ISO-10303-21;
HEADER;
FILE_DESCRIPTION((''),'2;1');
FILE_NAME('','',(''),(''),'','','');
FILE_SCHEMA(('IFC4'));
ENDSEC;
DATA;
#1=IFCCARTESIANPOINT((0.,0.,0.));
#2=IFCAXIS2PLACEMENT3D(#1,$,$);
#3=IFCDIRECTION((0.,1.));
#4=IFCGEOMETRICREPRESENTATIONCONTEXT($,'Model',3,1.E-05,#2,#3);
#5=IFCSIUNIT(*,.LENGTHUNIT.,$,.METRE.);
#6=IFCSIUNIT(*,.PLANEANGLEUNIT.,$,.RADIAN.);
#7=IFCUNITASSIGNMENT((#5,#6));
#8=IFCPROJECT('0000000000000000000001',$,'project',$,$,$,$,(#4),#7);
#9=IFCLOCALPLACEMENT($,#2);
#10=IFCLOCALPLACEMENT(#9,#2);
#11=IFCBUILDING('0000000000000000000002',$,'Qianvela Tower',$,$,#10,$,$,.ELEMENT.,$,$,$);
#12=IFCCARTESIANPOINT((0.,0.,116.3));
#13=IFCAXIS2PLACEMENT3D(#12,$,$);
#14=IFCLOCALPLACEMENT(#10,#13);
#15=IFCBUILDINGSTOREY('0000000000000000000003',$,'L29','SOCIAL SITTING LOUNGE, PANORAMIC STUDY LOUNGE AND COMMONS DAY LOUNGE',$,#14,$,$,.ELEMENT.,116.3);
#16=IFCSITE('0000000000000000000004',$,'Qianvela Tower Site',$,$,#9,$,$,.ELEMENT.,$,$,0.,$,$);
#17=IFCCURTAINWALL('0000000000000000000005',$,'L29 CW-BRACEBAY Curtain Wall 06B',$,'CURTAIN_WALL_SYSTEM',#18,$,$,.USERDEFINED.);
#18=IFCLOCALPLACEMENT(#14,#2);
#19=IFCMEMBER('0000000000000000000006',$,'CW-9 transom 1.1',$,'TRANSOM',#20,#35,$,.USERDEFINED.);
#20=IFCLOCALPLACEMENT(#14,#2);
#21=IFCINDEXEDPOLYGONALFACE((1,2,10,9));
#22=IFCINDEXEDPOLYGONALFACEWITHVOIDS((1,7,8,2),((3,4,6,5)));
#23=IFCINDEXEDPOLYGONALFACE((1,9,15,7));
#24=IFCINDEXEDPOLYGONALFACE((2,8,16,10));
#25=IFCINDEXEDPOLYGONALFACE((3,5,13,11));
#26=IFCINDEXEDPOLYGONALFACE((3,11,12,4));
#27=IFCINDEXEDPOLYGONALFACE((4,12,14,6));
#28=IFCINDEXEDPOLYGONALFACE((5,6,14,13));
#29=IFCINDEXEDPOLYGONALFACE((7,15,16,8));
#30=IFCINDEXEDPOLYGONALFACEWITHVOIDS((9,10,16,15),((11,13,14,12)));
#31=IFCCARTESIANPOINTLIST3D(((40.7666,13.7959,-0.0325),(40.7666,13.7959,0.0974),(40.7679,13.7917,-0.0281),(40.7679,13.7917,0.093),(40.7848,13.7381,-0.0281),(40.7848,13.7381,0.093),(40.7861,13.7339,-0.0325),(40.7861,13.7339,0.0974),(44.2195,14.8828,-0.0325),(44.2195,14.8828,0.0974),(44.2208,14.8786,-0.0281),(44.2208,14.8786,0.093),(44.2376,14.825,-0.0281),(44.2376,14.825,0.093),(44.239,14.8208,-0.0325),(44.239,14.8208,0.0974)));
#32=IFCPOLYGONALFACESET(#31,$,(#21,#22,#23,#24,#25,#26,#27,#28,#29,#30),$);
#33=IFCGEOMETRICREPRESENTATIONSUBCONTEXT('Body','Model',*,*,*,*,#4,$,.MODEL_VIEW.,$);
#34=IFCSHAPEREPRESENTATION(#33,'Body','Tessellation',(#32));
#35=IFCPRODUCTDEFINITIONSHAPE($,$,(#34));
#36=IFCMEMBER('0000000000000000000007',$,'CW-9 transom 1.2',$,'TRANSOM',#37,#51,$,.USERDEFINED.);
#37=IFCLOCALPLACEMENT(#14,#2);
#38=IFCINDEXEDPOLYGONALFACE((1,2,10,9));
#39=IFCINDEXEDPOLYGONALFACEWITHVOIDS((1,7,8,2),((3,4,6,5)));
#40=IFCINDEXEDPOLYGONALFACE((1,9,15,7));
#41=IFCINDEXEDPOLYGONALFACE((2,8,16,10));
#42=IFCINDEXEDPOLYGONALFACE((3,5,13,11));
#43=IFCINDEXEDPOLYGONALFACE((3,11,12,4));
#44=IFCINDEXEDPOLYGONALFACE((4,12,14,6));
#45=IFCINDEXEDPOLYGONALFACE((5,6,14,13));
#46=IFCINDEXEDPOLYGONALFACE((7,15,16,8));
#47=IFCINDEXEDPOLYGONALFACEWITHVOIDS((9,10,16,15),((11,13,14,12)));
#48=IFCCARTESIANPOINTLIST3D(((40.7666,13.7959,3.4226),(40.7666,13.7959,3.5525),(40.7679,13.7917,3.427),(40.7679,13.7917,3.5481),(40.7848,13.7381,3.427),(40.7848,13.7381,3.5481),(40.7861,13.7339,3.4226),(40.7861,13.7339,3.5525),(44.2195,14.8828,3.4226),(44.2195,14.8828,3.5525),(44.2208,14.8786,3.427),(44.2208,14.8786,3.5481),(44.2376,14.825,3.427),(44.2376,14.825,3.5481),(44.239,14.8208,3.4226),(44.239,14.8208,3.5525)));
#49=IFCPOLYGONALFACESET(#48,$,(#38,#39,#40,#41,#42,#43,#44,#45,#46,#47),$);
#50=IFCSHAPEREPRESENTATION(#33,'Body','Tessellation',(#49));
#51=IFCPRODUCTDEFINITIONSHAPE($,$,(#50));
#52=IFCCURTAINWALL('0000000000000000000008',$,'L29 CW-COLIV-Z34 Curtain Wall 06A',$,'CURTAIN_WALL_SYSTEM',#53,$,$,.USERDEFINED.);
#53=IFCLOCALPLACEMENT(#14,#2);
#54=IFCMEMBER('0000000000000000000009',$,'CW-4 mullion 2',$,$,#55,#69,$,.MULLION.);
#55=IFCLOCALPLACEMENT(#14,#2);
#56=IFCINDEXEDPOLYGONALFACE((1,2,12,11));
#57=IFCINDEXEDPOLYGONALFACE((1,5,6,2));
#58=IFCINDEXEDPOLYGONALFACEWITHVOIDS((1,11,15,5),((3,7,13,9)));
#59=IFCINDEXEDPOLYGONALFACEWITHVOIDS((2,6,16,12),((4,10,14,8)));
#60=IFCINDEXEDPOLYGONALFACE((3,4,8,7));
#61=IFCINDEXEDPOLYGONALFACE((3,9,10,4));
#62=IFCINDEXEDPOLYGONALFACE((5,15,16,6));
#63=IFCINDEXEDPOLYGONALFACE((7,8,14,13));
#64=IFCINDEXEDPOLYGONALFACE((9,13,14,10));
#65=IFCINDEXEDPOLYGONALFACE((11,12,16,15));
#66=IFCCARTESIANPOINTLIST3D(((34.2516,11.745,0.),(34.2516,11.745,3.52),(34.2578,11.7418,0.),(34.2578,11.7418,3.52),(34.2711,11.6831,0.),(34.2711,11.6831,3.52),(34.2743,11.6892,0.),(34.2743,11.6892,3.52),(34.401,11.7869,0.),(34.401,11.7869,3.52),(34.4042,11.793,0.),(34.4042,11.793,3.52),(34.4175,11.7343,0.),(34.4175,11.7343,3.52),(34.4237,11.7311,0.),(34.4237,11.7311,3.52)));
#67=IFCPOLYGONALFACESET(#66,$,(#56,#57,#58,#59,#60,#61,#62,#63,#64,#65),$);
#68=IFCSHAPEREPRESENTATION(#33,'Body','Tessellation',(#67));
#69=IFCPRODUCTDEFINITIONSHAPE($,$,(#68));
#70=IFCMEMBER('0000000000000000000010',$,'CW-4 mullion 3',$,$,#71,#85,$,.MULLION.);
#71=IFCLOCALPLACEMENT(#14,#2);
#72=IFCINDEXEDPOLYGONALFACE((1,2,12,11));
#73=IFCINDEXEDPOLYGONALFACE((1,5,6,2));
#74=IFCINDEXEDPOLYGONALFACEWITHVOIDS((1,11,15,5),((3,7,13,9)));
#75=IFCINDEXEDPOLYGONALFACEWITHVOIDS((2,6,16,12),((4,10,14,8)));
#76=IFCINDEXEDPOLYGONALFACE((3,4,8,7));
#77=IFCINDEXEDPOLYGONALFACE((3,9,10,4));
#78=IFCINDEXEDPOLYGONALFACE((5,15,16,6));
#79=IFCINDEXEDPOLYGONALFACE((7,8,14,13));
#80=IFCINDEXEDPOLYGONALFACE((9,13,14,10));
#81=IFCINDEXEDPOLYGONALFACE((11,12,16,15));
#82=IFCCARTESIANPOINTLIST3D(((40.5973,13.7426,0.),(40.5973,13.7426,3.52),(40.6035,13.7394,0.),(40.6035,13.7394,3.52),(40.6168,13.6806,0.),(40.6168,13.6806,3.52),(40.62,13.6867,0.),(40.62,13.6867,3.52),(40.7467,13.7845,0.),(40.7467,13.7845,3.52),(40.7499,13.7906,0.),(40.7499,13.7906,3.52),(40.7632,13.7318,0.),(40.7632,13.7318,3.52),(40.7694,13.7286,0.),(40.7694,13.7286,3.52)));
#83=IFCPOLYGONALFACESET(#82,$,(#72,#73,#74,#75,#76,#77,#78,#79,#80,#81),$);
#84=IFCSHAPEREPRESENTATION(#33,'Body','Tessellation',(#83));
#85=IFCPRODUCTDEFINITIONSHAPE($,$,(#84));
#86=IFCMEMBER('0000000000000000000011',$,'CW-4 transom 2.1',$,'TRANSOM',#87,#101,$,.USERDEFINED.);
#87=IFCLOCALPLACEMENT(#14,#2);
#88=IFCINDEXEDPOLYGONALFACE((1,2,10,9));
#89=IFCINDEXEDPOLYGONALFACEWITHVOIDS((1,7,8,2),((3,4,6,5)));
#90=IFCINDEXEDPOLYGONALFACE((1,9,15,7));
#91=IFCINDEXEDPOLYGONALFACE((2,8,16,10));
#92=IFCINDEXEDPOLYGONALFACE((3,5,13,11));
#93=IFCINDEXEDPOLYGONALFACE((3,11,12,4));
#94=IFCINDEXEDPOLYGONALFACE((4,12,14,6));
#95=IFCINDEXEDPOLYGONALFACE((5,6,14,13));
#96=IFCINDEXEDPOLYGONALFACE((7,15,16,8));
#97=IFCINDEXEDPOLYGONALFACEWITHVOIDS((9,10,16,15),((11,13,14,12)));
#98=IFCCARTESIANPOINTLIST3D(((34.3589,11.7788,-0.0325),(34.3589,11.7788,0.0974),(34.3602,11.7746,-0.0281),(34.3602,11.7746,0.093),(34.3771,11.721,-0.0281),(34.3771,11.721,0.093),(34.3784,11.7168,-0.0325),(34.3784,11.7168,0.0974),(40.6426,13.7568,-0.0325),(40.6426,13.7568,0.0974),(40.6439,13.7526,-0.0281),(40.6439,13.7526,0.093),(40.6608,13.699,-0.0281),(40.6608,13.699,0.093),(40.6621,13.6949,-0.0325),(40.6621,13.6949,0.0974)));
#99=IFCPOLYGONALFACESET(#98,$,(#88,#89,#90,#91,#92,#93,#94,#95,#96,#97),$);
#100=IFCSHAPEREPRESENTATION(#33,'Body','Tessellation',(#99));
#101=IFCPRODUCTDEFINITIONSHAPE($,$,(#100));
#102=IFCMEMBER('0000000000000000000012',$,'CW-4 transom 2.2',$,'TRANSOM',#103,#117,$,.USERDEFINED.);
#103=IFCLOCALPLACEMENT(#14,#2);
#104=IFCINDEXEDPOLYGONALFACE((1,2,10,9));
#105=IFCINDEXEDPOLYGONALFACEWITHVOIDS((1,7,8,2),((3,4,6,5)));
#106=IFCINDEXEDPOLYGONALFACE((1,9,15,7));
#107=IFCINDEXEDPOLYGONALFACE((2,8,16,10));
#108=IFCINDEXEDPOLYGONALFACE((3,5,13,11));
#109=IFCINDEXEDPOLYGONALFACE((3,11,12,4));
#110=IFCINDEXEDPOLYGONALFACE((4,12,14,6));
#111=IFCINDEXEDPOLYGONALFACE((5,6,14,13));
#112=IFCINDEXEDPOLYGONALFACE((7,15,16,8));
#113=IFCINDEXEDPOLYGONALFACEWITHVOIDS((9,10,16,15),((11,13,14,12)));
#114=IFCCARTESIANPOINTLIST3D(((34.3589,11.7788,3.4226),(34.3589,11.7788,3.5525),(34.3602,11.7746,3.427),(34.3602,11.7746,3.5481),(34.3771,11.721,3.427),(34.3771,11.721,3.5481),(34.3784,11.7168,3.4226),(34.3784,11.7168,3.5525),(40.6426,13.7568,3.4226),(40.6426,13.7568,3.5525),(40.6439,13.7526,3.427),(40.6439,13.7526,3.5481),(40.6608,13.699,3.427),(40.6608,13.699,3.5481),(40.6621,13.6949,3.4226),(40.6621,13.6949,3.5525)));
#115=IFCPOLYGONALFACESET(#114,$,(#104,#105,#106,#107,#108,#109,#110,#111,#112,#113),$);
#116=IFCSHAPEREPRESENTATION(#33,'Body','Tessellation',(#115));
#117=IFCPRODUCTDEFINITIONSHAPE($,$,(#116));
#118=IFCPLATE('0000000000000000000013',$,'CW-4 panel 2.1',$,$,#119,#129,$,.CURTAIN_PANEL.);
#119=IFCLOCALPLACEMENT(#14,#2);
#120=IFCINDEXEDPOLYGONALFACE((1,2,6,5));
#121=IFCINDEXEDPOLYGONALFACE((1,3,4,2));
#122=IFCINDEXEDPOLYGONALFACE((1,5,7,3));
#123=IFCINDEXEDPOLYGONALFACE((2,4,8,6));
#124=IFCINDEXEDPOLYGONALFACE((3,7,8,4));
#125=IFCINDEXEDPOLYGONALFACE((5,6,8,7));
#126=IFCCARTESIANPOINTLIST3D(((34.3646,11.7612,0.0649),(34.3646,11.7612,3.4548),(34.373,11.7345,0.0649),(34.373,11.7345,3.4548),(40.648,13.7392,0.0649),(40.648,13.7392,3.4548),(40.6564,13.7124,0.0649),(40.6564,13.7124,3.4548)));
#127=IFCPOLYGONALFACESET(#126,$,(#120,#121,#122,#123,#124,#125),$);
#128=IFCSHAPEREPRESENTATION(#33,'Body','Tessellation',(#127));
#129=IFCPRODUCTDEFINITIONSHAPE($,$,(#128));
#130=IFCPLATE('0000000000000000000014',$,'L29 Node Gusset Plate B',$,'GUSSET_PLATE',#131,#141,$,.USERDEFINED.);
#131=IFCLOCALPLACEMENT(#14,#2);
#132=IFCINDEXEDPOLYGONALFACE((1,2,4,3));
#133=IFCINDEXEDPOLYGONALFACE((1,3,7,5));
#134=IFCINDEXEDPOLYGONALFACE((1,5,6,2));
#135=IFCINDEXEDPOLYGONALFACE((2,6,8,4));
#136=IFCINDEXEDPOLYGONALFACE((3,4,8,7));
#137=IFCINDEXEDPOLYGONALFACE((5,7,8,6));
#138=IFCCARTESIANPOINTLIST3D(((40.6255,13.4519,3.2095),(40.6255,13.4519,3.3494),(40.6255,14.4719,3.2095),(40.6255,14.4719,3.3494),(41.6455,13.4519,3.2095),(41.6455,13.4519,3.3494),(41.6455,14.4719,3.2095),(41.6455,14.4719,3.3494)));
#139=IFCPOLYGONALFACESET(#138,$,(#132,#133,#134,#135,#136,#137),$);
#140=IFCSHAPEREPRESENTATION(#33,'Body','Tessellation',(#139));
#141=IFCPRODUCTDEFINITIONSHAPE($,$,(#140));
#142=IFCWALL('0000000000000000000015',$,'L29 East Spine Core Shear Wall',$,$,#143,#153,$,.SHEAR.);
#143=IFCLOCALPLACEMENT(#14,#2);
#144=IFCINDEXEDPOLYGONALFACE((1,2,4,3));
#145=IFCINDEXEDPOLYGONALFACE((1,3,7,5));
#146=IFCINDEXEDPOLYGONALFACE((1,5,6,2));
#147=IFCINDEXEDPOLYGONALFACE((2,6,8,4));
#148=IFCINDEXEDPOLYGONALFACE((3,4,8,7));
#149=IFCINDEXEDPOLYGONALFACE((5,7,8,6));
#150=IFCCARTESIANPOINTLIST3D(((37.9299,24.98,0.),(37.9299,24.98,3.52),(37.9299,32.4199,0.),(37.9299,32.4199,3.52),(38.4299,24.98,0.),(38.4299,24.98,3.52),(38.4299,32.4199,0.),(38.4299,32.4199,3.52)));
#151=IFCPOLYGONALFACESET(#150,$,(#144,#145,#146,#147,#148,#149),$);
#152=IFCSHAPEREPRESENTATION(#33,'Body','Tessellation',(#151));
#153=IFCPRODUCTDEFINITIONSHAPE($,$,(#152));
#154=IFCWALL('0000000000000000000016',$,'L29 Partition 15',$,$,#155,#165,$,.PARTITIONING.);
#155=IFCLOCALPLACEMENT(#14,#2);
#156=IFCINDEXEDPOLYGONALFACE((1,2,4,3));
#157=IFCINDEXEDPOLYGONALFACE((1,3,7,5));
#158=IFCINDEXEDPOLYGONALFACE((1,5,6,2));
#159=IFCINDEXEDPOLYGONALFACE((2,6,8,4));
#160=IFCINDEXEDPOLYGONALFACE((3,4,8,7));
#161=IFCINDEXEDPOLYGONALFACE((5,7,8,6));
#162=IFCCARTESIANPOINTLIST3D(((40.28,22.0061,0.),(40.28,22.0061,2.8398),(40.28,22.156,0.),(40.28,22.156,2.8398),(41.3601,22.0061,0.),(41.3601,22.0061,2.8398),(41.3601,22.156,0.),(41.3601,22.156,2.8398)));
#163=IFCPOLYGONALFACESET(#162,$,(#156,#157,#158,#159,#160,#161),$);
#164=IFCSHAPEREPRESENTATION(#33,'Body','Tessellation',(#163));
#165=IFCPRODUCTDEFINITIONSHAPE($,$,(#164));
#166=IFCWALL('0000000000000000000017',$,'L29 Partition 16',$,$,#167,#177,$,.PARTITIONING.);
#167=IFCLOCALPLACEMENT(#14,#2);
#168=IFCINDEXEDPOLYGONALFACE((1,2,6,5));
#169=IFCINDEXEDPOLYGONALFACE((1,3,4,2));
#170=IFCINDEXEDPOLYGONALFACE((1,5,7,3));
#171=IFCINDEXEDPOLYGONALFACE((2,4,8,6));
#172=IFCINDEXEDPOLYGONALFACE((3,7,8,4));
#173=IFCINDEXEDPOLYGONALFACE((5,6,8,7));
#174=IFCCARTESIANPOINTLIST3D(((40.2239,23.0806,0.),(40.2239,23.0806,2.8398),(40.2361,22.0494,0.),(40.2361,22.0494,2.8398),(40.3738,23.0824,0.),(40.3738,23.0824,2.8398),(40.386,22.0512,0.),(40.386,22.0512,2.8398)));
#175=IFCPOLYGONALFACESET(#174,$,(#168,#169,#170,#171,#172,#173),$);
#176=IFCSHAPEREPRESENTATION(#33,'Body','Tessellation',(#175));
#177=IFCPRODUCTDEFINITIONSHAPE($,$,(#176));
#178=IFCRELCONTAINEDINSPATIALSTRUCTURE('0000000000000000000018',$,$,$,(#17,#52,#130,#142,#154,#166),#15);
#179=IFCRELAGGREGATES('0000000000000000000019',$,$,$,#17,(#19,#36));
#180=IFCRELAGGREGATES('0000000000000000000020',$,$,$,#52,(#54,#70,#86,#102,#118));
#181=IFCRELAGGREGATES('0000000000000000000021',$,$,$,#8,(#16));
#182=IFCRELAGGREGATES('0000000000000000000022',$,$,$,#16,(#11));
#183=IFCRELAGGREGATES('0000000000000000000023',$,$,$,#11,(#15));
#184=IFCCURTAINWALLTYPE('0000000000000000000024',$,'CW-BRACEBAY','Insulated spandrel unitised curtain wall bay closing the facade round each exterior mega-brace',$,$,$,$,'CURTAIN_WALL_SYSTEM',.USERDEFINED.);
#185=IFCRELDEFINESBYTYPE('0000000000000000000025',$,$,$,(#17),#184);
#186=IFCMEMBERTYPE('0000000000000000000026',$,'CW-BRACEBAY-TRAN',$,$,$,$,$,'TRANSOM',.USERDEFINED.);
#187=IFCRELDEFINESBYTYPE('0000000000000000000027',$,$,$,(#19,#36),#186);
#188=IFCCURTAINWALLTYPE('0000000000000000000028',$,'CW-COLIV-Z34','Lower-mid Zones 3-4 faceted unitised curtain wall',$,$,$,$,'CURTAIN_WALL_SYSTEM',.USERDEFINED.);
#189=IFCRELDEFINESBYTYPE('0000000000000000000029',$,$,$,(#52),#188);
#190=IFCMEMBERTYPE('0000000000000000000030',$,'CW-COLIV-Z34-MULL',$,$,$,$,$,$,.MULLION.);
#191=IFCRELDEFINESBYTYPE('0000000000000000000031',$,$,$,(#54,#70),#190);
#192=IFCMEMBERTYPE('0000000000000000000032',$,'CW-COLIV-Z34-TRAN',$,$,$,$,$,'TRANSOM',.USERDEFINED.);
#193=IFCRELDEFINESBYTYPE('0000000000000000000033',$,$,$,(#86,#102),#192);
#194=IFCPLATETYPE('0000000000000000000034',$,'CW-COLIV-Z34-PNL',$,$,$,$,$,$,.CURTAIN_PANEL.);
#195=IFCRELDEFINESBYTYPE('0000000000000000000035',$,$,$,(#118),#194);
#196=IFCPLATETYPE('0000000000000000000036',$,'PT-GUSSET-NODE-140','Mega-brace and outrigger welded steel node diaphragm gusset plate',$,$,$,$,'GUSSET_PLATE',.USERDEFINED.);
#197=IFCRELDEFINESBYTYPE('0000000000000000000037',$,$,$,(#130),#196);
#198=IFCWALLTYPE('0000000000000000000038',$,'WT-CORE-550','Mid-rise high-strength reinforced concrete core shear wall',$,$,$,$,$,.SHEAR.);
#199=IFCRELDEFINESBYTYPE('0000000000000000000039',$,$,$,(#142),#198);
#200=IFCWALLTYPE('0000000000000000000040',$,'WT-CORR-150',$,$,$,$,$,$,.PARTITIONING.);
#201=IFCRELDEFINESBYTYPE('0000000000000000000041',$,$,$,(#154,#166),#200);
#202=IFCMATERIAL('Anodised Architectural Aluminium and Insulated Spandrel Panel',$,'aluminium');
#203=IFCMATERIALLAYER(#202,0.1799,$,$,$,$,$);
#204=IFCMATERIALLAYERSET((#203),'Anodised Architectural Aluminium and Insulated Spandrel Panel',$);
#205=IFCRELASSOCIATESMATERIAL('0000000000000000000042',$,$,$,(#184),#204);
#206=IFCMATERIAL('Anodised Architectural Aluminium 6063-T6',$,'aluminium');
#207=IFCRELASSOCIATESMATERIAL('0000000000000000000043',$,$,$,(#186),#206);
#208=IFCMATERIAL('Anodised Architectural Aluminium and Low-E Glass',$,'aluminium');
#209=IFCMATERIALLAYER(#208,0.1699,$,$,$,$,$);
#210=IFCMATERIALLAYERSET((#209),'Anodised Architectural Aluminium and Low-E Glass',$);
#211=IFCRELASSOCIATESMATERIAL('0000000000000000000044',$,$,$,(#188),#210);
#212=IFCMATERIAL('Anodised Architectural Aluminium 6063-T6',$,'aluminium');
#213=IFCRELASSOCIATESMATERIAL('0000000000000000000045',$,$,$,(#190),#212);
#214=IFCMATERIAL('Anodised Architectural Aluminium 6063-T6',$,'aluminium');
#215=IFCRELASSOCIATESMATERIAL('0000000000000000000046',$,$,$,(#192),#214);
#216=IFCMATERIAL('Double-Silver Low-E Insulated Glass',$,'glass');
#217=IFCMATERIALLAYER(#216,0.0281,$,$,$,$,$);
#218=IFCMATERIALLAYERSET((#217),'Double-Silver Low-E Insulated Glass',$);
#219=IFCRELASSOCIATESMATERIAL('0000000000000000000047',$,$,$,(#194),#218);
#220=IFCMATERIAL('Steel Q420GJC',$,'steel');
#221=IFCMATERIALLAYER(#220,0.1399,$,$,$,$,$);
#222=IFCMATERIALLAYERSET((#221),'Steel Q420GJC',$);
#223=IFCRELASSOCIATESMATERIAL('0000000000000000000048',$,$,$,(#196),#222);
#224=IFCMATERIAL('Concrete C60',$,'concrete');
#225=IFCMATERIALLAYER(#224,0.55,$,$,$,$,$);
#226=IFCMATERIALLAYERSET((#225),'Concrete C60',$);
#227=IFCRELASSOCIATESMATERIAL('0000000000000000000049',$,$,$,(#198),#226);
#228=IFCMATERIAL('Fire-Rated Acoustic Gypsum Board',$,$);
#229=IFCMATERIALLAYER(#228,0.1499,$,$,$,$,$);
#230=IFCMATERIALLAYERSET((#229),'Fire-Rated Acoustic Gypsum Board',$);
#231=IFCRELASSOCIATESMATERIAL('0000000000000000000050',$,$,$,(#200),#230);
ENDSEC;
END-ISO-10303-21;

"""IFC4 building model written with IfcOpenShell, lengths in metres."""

from ifc_helpers import new_model, si_unit, direction, frame, frame_2d, origin, origin_2d, place, context, subcontext, project, spatial, rectangle, hollow_rectangle, extrude, material, layer, layer_set, material_profile, profile_set, type_object, element, aggregate, save


model = new_model("IFC4")

# Units and contexts
model_context = context("Model", 3, precision=1e-05, world=origin(), true_north=direction((0.0, 1.0)))
body_context = subcontext(model_context, "Body", "Model", "MODEL_VIEW")
ifc_project = project(units=[si_unit("LENGTHUNIT", "METRE"), si_unit("PLANEANGLEUNIT", "RADIAN")], contexts=[model_context])

# Site, building, storey
site_placement = place(None, origin())
site = spatial("IfcSite", under=ifc_project, at=site_placement, Name="Qianvela Tower Site", CompositionType="ELEMENT", RefElevation=0.0)
building_placement = place(site_placement, origin())
building = spatial("IfcBuilding", under=site, at=building_placement, Name="Qianvela Tower", CompositionType="ELEMENT")
storey_placement = place(building_placement, frame((0.0, 0.0, 116.3)))
storey = spatial("IfcBuildingStorey", under=building, at=storey_placement, Name="L29", Description="SOCIAL SITTING LOUNGE, PANORAMIC STUDY LOUNGE AND COMMONS DAY LOUNGE", CompositionType="ELEMENT", Elevation=116.3)

# Curtain wall, members
ifc_material_1 = material(Name="Anodised Architectural Aluminium and Insulated Spandrel Panel", Category="aluminium")
ifc_layer_1 = layer(ifc_material_1, 0.1799)
ifc_layer_set_1 = layer_set([ifc_layer_1], Name="Anodised Architectural Aluminium and Insulated Spandrel Panel")
curtain_wall_type_1 = type_object("IfcCurtainWallType", Name="CW-BRACEBAY", Description="Insulated spandrel unitised curtain wall bay closing the facade round each exterior mega-brace", ElementType="CURTAIN_WALL_SYSTEM", PredefinedType="USERDEFINED", material=ifc_layer_set_1)
curtain_wall_1_placement = place(storey_placement, origin())
curtain_wall_1 = element("IfcCurtainWall", 1, at=curtain_wall_1_placement, inside=storey, type_object=curtain_wall_type_1, Name="L29 CW-BRACEBAY Curtain Wall 06B", ObjectType="CURTAIN_WALL_SYSTEM", PredefinedType="USERDEFINED")
ifc_material_2 = material(Name="Anodised Architectural Aluminium 6063-T6", Category="aluminium")
ifc_material_profile_1 = material_profile(ifc_material_2, hollow_rectangle(XDim=0.0649, YDim=0.1299, WallThickness=0.0044, at=origin_2d()), Name="ALU-TRAN-65x130")
ifc_profile_set_1 = profile_set([ifc_material_profile_1], Name="Anodised Architectural Aluminium 6063-T6")
member_type_1 = type_object("IfcMemberType", Name="CW-BRACEBAY-TRAN", ElementType="TRANSOM", PredefinedType="USERDEFINED", material=ifc_profile_set_1)
member_1_placement = place(storey_placement, frame((40.7764, 13.7649, 0.0325), z_axis=(0.953857, 0.30026, 0.0), x_axis=(-0.30026, 0.953857, 0.0)))
member_1 = element("IfcMember", 2, at=member_1_placement, type_object=member_type_1, Name="CW-9 transom 1.1", ObjectType="TRANSOM", PredefinedType="USERDEFINED", context=body_context, shape_type="SweptSolid", body=[
    extrude(hollow_rectangle(XDim=0.0649, YDim=0.1299, WallThickness=0.0044, at=origin_2d()), origin(), (0.0, 0.0, 1.0), 3.6199),
])
member_2_placement = place(storey_placement, frame((40.7764, 13.7649, 3.4875), z_axis=(0.953857, 0.30026, 0.0), x_axis=(-0.30026, 0.953857, 0.0)))
member_2 = element("IfcMember", 3, at=member_2_placement, type_object=member_type_1, Name="CW-9 transom 1.2", ObjectType="TRANSOM", PredefinedType="USERDEFINED", context=body_context, shape_type="SweptSolid", body=[
    extrude(hollow_rectangle(XDim=0.0649, YDim=0.1299, WallThickness=0.0044, at=origin_2d()), origin(), (0.0, 0.0, 1.0), 3.6199),
])
aggregate(curtain_wall_1, [member_1, member_2])

# Curtain wall, members, plate
ifc_material_3 = material(Name="Anodised Architectural Aluminium and Low-E Glass", Category="aluminium")
ifc_layer_2 = layer(ifc_material_3, 0.1699)
ifc_layer_set_2 = layer_set([ifc_layer_2], Name="Anodised Architectural Aluminium and Low-E Glass")
curtain_wall_type_2 = type_object("IfcCurtainWallType", Name="CW-COLIV-Z34", Description="Lower-mid Zones 3-4 faceted unitised curtain wall", ElementType="CURTAIN_WALL_SYSTEM", PredefinedType="USERDEFINED", material=ifc_layer_set_2)
curtain_wall_2_placement = place(storey_placement, origin())
curtain_wall_2 = element("IfcCurtainWall", 4, at=curtain_wall_2_placement, inside=storey, type_object=curtain_wall_type_2, Name="L29 CW-COLIV-Z34 Curtain Wall 06A", ObjectType="CURTAIN_WALL_SYSTEM", PredefinedType="USERDEFINED")
ifc_material_4 = material(Name="Anodised Architectural Aluminium 6063-T6", Category="aluminium")
ifc_material_profile_2 = material_profile(ifc_material_4, hollow_rectangle(XDim=0.0649, YDim=0.1599, WallThickness=0.0049, at=origin_2d()), Name="ALU-MULL-65x160")
ifc_profile_set_2 = profile_set([ifc_material_profile_2], Name="Anodised Architectural Aluminium 6063-T6")
member_type_2 = type_object("IfcMemberType", Name="CW-COLIV-Z34-MULL", PredefinedType="MULLION", material=ifc_profile_set_2)
member_3_placement = place(storey_placement, frame((34.3376, 11.738, 0.0), z_axis=(0.0, 0.0, 1.0), x_axis=(-0.300261, 0.953857, 0.0)))
member_3 = element("IfcMember", 5, at=member_3_placement, type_object=member_type_2, Name="CW-4 mullion 2", PredefinedType="MULLION", context=body_context, shape_type="SweptSolid", body=[
    extrude(hollow_rectangle(XDim=0.0649, YDim=0.1599, WallThickness=0.0049, at=origin_2d()), origin(), (0.0, 0.0, 1.0), 3.52),
])
member_4_placement = place(storey_placement, frame((40.6833, 13.7356, 0.0), z_axis=(0.0, 0.0, 1.0), x_axis=(-0.300261, 0.953857, 0.0)))
member_4 = element("IfcMember", 6, at=member_4_placement, type_object=member_type_2, Name="CW-4 mullion 3", PredefinedType="MULLION", context=body_context, shape_type="SweptSolid", body=[
    extrude(hollow_rectangle(XDim=0.0649, YDim=0.1599, WallThickness=0.0049, at=origin_2d()), origin(), (0.0, 0.0, 1.0), 3.52),
])
ifc_material_5 = material(Name="Anodised Architectural Aluminium 6063-T6", Category="aluminium")
ifc_material_profile_3 = material_profile(ifc_material_5, hollow_rectangle(XDim=0.0649, YDim=0.1299, WallThickness=0.0044, at=origin_2d()), Name="ALU-TRAN-65x130")
ifc_profile_set_3 = profile_set([ifc_material_profile_3], Name="Anodised Architectural Aluminium 6063-T6")
member_type_3 = type_object("IfcMemberType", Name="CW-COLIV-Z34-TRAN", ElementType="TRANSOM", PredefinedType="USERDEFINED", material=ifc_profile_set_3)
member_5_placement = place(storey_placement, frame((34.3687, 11.7478, 0.0325), z_axis=(0.953857, 0.300262, 0.0), x_axis=(-0.300262, 0.953857, 0.0)))
member_5 = element("IfcMember", 7, at=member_5_placement, type_object=member_type_3, Name="CW-4 transom 2.1", ObjectType="TRANSOM", PredefinedType="USERDEFINED", context=body_context, shape_type="SweptSolid", body=[
    extrude(hollow_rectangle(XDim=0.0649, YDim=0.1299, WallThickness=0.0044, at=origin_2d()), origin(), (0.0, 0.0, 1.0), 6.5876),
])
member_6_placement = place(storey_placement, frame((34.3687, 11.7478, 3.4875), z_axis=(0.953857, 0.300262, 0.0), x_axis=(-0.300262, 0.953857, 0.0)))
member_6 = element("IfcMember", 8, at=member_6_placement, type_object=member_type_3, Name="CW-4 transom 2.2", ObjectType="TRANSOM", PredefinedType="USERDEFINED", context=body_context, shape_type="SweptSolid", body=[
    extrude(hollow_rectangle(XDim=0.0649, YDim=0.1299, WallThickness=0.0044, at=origin_2d()), origin(), (0.0, 0.0, 1.0), 6.5876),
])
ifc_material_6 = material(Name="Double-Silver Low-E Insulated Glass", Category="glass")
ifc_layer_3 = layer(ifc_material_6, 0.0281)
ifc_layer_set_3 = layer_set([ifc_layer_3], Name="Double-Silver Low-E Insulated Glass")
plate_type_1 = type_object("IfcPlateType", Name="CW-COLIV-Z34-PNL", PredefinedType="CURTAIN_PANEL", material=ifc_layer_set_3)
plate_1_placement = place(storey_placement, frame((37.5105, 12.7368, 0.0649), z_axis=(0.0, 0.0, 1.0), x_axis=(0.953857, 0.300261, 0.0)))
plate_1 = element("IfcPlate", 9, at=plate_1_placement, type_object=plate_type_1, Name="CW-4 panel 2.1", PredefinedType="CURTAIN_PANEL", context=body_context, shape_type="SweptSolid", body=[
    extrude(rectangle(XDim=6.5874, YDim=0.0281, at=origin_2d()), origin(), (0.0, 0.0, 1.0), 3.3899),
])
aggregate(curtain_wall_2, [member_3, member_4, member_5, member_6, plate_1])

# Plate
ifc_material_7 = material(Name="Steel Q420GJC", Category="steel")
ifc_layer_4 = layer(ifc_material_7, 0.1399)
ifc_layer_set_4 = layer_set([ifc_layer_4], Name="Steel Q420GJC")
plate_type_2 = type_object("IfcPlateType", Name="PT-GUSSET-NODE-140", Description="Mega-brace and outrigger welded steel node diaphragm gusset plate", ElementType="GUSSET_PLATE", PredefinedType="USERDEFINED", material=ifc_layer_set_4)
plate_2_placement = place(storey_placement, frame((41.1355, 13.9619, 3.2095), z_axis=(0.0, 0.0, 1.0), x_axis=(1.0, 0.0, 0.0)))
element("IfcPlate", 10, at=plate_2_placement, inside=storey, type_object=plate_type_2, Name="L29 Node Gusset Plate B", ObjectType="GUSSET_PLATE", PredefinedType="USERDEFINED", context=body_context, shape_type="SweptSolid", body=[
    extrude(rectangle(XDim=1.02, YDim=1.02, at=origin_2d()), origin(), (0.0, 0.0, 1.0), 0.1399),
])

# Walls
ifc_material_8 = material(Name="Concrete C60", Category="concrete")
ifc_layer_5 = layer(ifc_material_8, 0.55)
ifc_layer_set_5 = layer_set([ifc_layer_5], Name="Concrete C60")
wall_type_1 = type_object("IfcWallType", Name="WT-CORE-550", Description="Mid-rise high-strength reinforced concrete core shear wall", PredefinedType="SHEAR", material=ifc_layer_set_5)
wall_1_placement = place(storey_placement, frame((38.1799, 24.98, 0.0), z_axis=(0.0, 0.0, 1.0), x_axis=(0.0, 1.0, 0.0)))
element("IfcWall", 11, at=wall_1_placement, inside=storey, type_object=wall_type_1, Name="L29 East Spine Core Shear Wall", PredefinedType="SHEAR", context=body_context, shape_type="SweptSolid", body=[
    extrude(rectangle(XDim=7.4399, YDim=0.5, at=frame_2d((3.72, 0.0))), origin(), (0.0, 0.0, 1.0), 3.52),
])
ifc_material_9 = material(Name="Fire-Rated Acoustic Gypsum Board")
ifc_layer_6 = layer(ifc_material_9, 0.1499)
ifc_layer_set_6 = layer_set([ifc_layer_6], Name="Fire-Rated Acoustic Gypsum Board")
wall_type_2 = type_object("IfcWallType", Name="WT-CORR-150", PredefinedType="PARTITIONING", material=ifc_layer_set_6)
wall_2_placement = place(storey_placement, frame((41.3601, 22.0811, 0.0), z_axis=(0.0, 0.0, 1.0), x_axis=(-1.0, 0.0, 0.0)))
element("IfcWall", 12, at=wall_2_placement, inside=storey, type_object=wall_type_2, Name="L29 Partition 15", PredefinedType="PARTITIONING", context=body_context, shape_type="SweptSolid", body=[
    extrude(rectangle(XDim=1.0801, YDim=0.1499, at=frame_2d((0.54, 0.0))), origin(), (0.0, 0.0, 1.0), 2.8398),
])
wall_3_placement = place(storey_placement, frame((40.311, 22.0503, 0.0), z_axis=(0.0, 0.0, 1.0), x_axis=(-0.011836, 0.99993, 0.0)))
element("IfcWall", 13, at=wall_3_placement, inside=storey, type_object=wall_type_2, Name="L29 Partition 16", PredefinedType="PARTITIONING", context=body_context, shape_type="SweptSolid", body=[
    extrude(rectangle(XDim=1.0312, YDim=0.1499, at=frame_2d((0.5156, 0.0))), origin(), (0.0, 0.0, 1.0), 2.8398),
])

save(model, "model.ifc")
